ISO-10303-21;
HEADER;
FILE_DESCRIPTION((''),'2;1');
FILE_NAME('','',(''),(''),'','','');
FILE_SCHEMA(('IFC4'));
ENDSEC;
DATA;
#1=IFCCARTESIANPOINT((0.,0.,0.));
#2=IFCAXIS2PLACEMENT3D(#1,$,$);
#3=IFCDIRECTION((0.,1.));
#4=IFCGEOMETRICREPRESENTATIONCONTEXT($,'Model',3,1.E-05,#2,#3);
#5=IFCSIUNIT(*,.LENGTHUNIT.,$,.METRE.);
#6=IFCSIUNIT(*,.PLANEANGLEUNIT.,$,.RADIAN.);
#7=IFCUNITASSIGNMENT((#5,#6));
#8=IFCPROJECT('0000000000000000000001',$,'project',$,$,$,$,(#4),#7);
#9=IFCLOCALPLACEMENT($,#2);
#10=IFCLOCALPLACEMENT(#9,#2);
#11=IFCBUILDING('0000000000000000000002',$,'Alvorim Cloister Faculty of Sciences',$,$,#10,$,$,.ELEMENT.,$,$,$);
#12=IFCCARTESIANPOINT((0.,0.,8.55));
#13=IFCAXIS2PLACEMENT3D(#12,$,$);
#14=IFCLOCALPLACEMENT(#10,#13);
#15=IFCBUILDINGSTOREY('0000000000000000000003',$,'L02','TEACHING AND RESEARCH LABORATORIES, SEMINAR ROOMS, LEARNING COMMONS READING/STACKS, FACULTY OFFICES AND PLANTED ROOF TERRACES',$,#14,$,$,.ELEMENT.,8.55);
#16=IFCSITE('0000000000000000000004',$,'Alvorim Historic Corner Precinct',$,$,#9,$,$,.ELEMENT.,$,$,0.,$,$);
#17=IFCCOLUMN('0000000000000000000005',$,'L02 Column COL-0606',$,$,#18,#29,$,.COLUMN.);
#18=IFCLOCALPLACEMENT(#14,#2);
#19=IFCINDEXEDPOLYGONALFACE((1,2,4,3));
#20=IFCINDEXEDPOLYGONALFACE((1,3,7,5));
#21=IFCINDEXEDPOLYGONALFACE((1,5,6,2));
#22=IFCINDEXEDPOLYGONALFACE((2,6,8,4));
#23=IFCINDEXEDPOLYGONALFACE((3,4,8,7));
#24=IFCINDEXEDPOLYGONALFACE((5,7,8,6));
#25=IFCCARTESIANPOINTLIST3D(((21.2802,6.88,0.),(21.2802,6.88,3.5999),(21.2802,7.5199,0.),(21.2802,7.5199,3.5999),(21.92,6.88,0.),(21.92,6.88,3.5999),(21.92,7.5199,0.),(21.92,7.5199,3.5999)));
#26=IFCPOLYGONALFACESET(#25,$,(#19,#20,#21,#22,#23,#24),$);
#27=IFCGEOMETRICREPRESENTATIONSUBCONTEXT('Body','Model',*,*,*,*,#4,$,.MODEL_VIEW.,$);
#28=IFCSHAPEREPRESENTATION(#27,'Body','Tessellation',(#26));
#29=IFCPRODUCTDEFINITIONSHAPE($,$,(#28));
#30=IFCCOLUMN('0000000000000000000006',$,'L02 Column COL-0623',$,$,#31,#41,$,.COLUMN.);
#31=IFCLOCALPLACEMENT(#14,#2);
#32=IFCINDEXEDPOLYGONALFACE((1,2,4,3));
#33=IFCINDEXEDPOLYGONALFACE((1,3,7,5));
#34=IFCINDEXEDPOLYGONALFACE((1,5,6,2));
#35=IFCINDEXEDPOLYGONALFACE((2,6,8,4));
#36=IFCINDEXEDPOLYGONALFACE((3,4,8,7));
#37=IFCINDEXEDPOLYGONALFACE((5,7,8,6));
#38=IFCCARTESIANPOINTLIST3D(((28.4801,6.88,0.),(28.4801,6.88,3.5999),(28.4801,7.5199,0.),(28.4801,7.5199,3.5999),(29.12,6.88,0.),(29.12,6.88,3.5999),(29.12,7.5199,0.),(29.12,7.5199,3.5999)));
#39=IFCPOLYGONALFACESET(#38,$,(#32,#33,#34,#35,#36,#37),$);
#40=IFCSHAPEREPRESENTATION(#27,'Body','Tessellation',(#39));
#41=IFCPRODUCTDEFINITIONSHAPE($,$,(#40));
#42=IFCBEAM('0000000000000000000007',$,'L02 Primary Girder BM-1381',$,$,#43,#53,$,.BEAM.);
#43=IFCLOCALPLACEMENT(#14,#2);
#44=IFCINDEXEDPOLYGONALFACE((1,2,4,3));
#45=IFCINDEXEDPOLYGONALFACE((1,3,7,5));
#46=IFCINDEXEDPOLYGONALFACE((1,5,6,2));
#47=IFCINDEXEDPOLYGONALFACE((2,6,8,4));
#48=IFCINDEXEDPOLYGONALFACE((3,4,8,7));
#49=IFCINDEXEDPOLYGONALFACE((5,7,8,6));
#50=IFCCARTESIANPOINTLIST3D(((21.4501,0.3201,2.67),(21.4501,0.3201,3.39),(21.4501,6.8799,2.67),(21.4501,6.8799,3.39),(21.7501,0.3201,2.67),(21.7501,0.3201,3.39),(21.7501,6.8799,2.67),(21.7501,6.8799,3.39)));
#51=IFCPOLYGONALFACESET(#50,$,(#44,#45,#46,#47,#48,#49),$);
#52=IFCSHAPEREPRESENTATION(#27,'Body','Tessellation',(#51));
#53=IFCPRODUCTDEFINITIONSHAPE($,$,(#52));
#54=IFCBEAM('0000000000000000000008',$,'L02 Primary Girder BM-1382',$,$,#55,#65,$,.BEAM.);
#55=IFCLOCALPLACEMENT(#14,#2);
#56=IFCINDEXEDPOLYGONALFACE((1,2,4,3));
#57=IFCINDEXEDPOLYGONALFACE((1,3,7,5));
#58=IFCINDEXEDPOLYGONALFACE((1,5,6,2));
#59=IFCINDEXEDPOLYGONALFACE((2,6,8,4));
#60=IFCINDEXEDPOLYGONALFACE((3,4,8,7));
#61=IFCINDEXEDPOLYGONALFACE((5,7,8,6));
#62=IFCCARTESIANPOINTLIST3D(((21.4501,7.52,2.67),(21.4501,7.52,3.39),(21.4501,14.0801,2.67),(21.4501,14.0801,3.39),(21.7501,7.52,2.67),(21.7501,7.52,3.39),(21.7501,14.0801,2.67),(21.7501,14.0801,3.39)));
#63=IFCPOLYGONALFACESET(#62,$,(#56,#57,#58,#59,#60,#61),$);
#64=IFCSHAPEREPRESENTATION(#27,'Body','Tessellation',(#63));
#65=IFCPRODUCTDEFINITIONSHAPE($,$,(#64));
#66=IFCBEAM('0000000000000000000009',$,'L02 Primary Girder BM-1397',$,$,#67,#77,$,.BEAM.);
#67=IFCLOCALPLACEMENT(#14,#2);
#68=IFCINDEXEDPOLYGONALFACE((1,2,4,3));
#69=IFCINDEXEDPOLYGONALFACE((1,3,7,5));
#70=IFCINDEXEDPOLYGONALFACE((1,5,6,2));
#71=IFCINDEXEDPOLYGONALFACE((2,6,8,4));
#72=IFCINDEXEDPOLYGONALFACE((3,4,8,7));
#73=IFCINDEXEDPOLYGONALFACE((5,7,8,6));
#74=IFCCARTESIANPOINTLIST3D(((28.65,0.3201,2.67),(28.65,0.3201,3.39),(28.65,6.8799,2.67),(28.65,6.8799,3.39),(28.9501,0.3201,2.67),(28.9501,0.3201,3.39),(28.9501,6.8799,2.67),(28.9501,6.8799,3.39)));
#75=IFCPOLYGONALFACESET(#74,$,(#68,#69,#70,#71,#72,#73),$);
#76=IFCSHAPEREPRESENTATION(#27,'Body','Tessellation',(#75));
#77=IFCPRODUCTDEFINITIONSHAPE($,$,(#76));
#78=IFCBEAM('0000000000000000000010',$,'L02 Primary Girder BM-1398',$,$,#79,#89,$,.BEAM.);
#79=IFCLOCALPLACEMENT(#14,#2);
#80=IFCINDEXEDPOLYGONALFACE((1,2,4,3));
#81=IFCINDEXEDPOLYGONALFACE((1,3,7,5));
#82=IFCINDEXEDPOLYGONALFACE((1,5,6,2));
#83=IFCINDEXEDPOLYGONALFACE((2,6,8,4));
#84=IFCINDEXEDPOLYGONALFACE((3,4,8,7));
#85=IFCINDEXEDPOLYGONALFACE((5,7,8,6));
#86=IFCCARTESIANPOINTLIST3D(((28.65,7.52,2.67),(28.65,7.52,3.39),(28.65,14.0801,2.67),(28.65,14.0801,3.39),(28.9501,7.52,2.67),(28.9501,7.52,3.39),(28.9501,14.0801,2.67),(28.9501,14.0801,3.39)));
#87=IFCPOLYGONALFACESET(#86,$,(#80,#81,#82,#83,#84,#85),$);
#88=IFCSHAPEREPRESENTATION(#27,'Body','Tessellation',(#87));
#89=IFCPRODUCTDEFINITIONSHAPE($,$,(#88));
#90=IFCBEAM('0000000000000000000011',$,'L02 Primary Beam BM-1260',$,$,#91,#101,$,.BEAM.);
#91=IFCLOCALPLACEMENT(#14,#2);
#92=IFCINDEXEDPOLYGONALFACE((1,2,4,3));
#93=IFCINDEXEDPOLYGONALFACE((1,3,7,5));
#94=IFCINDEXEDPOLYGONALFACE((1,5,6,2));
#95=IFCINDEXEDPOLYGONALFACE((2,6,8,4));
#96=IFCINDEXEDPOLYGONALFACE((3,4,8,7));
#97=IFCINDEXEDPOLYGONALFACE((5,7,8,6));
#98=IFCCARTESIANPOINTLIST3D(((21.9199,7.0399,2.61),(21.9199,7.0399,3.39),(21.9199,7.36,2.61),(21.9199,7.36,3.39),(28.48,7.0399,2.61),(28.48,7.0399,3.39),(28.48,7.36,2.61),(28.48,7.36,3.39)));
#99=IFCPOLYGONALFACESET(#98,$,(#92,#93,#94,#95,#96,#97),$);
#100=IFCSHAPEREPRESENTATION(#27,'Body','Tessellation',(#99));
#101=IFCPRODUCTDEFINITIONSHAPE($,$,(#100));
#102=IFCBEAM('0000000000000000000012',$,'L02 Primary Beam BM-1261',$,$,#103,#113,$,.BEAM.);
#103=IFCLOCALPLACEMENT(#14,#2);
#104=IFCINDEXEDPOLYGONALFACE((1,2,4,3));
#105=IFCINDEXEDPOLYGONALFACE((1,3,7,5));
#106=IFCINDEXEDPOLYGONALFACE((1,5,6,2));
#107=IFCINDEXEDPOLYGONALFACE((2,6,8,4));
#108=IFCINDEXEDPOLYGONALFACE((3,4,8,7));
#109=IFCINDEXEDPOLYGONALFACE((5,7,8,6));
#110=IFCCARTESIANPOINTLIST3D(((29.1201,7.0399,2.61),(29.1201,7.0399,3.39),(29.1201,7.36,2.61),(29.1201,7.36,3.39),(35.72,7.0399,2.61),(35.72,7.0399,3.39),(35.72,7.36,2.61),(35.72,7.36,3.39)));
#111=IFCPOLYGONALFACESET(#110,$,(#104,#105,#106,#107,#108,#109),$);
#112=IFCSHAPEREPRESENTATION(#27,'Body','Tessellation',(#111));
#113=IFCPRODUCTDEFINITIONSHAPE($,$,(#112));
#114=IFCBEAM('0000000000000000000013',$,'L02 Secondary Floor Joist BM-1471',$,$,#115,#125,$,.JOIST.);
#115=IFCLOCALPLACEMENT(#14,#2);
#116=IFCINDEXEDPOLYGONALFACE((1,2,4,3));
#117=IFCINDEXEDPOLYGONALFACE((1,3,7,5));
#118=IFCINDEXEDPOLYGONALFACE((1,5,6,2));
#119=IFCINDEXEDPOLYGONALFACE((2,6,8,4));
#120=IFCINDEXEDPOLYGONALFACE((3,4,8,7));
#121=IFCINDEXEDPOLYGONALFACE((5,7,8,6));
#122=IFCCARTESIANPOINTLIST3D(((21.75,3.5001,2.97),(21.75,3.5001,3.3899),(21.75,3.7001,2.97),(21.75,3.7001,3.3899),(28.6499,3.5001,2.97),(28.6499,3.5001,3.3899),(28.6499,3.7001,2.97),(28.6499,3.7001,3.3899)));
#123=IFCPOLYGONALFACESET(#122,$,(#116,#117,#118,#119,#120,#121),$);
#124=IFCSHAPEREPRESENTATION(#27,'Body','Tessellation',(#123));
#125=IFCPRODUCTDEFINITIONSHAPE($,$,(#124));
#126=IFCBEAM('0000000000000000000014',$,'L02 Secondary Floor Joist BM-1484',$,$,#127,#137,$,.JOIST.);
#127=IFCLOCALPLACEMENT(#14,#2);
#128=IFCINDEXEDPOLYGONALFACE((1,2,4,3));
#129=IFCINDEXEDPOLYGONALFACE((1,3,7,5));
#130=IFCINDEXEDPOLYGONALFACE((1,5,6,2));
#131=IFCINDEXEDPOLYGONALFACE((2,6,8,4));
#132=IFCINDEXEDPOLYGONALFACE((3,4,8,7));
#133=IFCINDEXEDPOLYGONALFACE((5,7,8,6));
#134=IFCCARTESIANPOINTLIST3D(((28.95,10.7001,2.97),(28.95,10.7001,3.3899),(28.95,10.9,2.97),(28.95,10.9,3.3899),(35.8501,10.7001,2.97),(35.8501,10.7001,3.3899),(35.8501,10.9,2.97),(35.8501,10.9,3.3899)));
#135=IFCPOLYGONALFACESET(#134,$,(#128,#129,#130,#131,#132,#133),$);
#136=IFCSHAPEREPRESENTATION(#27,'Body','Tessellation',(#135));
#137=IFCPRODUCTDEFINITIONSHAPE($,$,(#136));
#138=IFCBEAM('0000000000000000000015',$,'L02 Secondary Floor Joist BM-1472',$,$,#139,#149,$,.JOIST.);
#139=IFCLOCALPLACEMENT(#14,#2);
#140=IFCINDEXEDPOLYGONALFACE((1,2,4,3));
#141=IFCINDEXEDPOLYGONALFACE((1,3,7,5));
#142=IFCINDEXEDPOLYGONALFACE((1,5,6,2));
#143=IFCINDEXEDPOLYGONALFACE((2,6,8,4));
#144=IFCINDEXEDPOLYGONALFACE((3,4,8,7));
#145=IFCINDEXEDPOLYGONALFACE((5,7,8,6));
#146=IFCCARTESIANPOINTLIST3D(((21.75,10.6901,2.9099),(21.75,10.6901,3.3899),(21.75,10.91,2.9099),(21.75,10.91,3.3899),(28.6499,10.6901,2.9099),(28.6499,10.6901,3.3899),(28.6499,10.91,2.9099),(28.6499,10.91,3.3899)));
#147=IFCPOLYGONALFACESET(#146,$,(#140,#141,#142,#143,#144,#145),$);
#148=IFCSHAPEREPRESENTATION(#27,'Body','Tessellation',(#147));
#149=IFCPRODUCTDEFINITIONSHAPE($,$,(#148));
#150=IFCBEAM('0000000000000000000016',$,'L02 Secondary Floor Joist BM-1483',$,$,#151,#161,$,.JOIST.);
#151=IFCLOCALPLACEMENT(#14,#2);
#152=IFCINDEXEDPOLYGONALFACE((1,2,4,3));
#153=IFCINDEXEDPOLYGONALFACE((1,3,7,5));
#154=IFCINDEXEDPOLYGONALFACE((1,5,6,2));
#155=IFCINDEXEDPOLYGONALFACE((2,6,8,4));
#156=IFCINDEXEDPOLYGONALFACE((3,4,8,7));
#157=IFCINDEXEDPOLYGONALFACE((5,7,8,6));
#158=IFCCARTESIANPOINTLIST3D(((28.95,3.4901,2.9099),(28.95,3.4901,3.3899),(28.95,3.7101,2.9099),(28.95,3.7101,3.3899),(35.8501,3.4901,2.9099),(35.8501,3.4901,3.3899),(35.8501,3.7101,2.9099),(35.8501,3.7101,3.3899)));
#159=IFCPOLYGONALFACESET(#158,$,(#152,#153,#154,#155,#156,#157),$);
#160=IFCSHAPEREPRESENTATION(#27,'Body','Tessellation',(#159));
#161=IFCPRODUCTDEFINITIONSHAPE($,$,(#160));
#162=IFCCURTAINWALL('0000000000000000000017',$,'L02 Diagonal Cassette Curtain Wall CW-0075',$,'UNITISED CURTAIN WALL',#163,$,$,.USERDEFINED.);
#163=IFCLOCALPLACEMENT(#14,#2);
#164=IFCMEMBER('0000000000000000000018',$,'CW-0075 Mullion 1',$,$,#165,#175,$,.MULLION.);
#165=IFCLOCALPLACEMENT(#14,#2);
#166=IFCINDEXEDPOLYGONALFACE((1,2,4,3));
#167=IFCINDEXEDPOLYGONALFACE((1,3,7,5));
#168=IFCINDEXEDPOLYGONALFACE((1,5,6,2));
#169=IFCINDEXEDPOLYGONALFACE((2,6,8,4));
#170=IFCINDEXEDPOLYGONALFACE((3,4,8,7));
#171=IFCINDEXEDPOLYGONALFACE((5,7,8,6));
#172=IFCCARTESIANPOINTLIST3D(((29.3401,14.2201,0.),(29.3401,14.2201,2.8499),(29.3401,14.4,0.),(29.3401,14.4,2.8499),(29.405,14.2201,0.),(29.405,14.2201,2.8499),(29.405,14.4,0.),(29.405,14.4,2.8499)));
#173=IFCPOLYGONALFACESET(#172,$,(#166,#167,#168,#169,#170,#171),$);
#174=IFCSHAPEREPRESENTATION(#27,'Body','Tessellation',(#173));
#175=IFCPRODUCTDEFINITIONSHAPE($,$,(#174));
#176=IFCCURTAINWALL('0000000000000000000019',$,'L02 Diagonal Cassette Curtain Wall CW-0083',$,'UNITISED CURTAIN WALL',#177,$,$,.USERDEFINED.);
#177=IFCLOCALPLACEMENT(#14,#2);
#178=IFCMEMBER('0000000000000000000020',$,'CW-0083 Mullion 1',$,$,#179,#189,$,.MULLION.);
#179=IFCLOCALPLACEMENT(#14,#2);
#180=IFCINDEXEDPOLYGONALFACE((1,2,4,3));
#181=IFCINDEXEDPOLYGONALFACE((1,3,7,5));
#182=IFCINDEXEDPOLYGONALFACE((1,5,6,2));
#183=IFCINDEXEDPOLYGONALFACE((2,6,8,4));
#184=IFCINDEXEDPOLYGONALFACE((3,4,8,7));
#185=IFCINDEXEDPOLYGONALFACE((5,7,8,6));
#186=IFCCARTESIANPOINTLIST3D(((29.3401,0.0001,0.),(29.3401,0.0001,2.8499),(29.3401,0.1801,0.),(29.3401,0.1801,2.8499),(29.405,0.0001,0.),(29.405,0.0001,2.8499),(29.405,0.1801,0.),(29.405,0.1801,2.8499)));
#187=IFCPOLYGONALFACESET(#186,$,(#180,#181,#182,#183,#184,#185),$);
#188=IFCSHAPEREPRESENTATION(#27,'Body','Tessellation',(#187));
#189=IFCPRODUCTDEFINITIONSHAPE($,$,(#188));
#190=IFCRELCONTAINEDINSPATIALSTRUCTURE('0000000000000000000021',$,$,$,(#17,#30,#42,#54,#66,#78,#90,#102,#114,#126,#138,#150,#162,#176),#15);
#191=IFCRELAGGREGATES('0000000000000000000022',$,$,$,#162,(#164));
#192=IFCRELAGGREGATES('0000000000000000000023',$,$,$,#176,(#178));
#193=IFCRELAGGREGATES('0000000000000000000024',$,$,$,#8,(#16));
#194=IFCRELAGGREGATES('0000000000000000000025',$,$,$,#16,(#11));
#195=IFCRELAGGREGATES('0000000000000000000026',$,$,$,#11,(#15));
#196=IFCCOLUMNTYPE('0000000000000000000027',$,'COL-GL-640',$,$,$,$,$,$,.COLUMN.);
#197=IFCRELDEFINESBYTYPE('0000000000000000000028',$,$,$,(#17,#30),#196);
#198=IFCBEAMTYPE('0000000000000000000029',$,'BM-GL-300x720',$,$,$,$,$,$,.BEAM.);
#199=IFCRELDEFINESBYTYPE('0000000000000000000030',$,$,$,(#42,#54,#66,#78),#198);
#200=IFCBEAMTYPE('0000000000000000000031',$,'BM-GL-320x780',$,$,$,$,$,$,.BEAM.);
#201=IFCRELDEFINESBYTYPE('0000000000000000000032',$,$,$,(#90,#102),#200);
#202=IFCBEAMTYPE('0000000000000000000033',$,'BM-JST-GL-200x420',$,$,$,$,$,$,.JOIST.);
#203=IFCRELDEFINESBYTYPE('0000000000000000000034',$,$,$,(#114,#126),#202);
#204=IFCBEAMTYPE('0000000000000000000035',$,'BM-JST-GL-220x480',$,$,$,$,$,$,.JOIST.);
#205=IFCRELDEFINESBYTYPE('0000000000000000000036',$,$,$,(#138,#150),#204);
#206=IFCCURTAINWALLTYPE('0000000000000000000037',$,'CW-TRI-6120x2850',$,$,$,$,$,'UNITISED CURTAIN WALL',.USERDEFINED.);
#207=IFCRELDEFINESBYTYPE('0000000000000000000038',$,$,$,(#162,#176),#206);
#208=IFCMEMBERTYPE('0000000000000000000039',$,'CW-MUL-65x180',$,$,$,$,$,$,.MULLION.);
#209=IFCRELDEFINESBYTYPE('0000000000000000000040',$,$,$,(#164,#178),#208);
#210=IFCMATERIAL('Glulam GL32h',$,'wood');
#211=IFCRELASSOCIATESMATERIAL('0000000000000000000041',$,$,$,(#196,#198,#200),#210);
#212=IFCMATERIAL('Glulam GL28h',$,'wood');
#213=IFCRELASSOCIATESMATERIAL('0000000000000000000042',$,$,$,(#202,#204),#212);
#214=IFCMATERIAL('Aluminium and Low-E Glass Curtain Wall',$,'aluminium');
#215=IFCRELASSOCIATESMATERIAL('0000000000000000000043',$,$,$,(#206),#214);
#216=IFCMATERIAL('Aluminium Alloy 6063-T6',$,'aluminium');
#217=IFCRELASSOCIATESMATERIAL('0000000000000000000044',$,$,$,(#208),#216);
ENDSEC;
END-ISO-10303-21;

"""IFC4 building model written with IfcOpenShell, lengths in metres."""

from ifc_helpers import new_model, si_unit, direction, frame, origin, origin_2d, place, context, subcontext, project, spatial, rectangle, extrude, material, material_profile, profile_set, type_object, element, aggregate, save


model = new_model("IFC4")

# Units and contexts
model_context = context("Model", 3, precision=1e-05, world=origin(), true_north=direction((0.0, 1.0)))
body_context = subcontext(model_context, "Body", "Model", "MODEL_VIEW")
ifc_project = project(units=[si_unit("LENGTHUNIT", "METRE"), si_unit("PLANEANGLEUNIT", "RADIAN")], contexts=[model_context])

# Site, building, storey
site_placement = place(None, origin())
site = spatial("IfcSite", under=ifc_project, at=site_placement, Name="Alvorim Historic Corner Precinct", CompositionType="ELEMENT", RefElevation=0.0)
building_placement = place(site_placement, origin())
building = spatial("IfcBuilding", under=site, at=building_placement, Name="Alvorim Cloister Faculty of Sciences", CompositionType="ELEMENT")
storey_placement = place(building_placement, frame((0.0, 0.0, 8.55)))
storey = spatial("IfcBuildingStorey", under=building, at=storey_placement, Name="L02", Description="TEACHING AND RESEARCH LABORATORIES, SEMINAR ROOMS, LEARNING COMMONS READING/STACKS, FACULTY OFFICES AND PLANTED ROOF TERRACES", CompositionType="ELEMENT", Elevation=8.55)

# Columns
ifc_material_1 = material(Name="Glulam GL32h", Category="wood")
ifc_material_profile_1 = material_profile(ifc_material_1, rectangle(XDim=0.6399, YDim=0.6399, at=origin_2d()), Name="GL32-COL-640x640")
ifc_profile_set_1 = profile_set([ifc_material_profile_1], Name="Glulam GL32h")
column_type = type_object("IfcColumnType", Name="COL-GL-640", PredefinedType="COLUMN", material=ifc_profile_set_1)
for number, where, z_axis, x_axis, name in (
    (1, (21.6001, 7.2, 0.0), (0.0, 0.0, 1.0), (1.0, 0.0, 0.0), "L02 Column COL-0606"),
    (2, (28.8, 7.2, 0.0), (0.0, 0.0, 1.0), (1.0, 0.0, 0.0), "L02 Column COL-0623"),
):
    element("IfcColumn", number, at=place(storey_placement, frame(where, z_axis=z_axis, x_axis=x_axis)), inside=storey, type_object=column_type, Name=name, PredefinedType="COLUMN", context=body_context, shape_type="SweptSolid", body=[
        extrude(rectangle(XDim=0.6399, YDim=0.6399, at=origin_2d()), origin(), (0.0, 0.0, 1.0), 3.5999),
    ])

# Beams
ifc_material_profile_2 = material_profile(ifc_material_1, rectangle(XDim=0.3, YDim=0.72, at=origin_2d()), Name="GL32-BM-300x720")
ifc_profile_set_2 = profile_set([ifc_material_profile_2], Name="Glulam GL32h")
beam_type_1 = type_object("IfcBeamType", Name="BM-GL-300x720", PredefinedType="BEAM", material=ifc_profile_set_2)
beam_1_placement = place(storey_placement, frame((21.6001, 0.3201, 3.03), z_axis=(0.0, 1.0, 0.0), x_axis=(-1.0, 0.0, 0.0)))
element("IfcBeam", 3, at=beam_1_placement, inside=storey, type_object=beam_type_1, Name="L02 Primary Girder BM-1381", PredefinedType="BEAM", context=body_context, shape_type="SweptSolid", body=[
    extrude(rectangle(XDim=0.3, YDim=0.72, at=origin_2d()), origin(), (0.0, 0.0, 1.0), 6.5598),
])
beam_2_placement = place(storey_placement, frame((21.6001, 7.52, 3.03), z_axis=(0.0, 1.0, 0.0), x_axis=(-1.0, 0.0, 0.0)))
element("IfcBeam", 4, at=beam_2_placement, inside=storey, type_object=beam_type_1, Name="L02 Primary Girder BM-1382", PredefinedType="BEAM", context=body_context, shape_type="SweptSolid", body=[
    extrude(rectangle(XDim=0.3, YDim=0.72, at=origin_2d()), origin(), (0.0, 0.0, 1.0), 6.5601),
])
beam_3_placement = place(storey_placement, frame((28.8, 0.3201, 3.03), z_axis=(0.0, 1.0, 0.0), x_axis=(-1.0, 0.0, 0.0)))
element("IfcBeam", 5, at=beam_3_placement, inside=storey, type_object=beam_type_1, Name="L02 Primary Girder BM-1397", PredefinedType="BEAM", context=body_context, shape_type="SweptSolid", body=[
    extrude(rectangle(XDim=0.3, YDim=0.72, at=origin_2d()), origin(), (0.0, 0.0, 1.0), 6.5598),
])
beam_4_placement = place(storey_placement, frame((28.8, 7.52, 3.03), z_axis=(0.0, 1.0, 0.0), x_axis=(-1.0, 0.0, 0.0)))
element("IfcBeam", 6, at=beam_4_placement, inside=storey, type_object=beam_type_1, Name="L02 Primary Girder BM-1398", PredefinedType="BEAM", context=body_context, shape_type="SweptSolid", body=[
    extrude(rectangle(XDim=0.3, YDim=0.72, at=origin_2d()), origin(), (0.0, 0.0, 1.0), 6.5601),
])
ifc_material_profile_3 = material_profile(ifc_material_1, rectangle(XDim=0.3201, YDim=0.78, at=origin_2d()), Name="GL32-BM-320x780")
ifc_profile_set_3 = profile_set([ifc_material_profile_3], Name="Glulam GL32h")
beam_type_2 = type_object("IfcBeamType", Name="BM-GL-320x780", PredefinedType="BEAM", material=ifc_profile_set_3)
beam_5_placement = place(storey_placement, frame((21.9199, 7.2, 3.0), z_axis=(1.0, 0.0, 0.0), x_axis=(0.0, 1.0, 0.0)))
element("IfcBeam", 7, at=beam_5_placement, inside=storey, type_object=beam_type_2, Name="L02 Primary Beam BM-1260", PredefinedType="BEAM", context=body_context, shape_type="SweptSolid", body=[
    extrude(rectangle(XDim=0.3201, YDim=0.78, at=origin_2d()), origin(), (0.0, 0.0, 1.0), 6.5601),
])
beam_6_placement = place(storey_placement, frame((29.1201, 7.2, 3.0), z_axis=(1.0, 0.0, 0.0), x_axis=(0.0, 1.0, 0.0)))
element("IfcBeam", 8, at=beam_6_placement, inside=storey, type_object=beam_type_2, Name="L02 Primary Beam BM-1261", PredefinedType="BEAM", context=body_context, shape_type="SweptSolid", body=[
    extrude(rectangle(XDim=0.3201, YDim=0.78, at=origin_2d()), origin(), (0.0, 0.0, 1.0), 6.5999),
])
ifc_material_2 = material(Name="Glulam GL28h", Category="wood")
ifc_material_profile_4 = material_profile(ifc_material_2, rectangle(XDim=0.2, YDim=0.4199, at=origin_2d()), Name="GL28-JST-200x420")
ifc_profile_set_4 = profile_set([ifc_material_profile_4], Name="Glulam GL28h")
beam_type_3 = type_object("IfcBeamType", Name="BM-JST-GL-200x420", PredefinedType="JOIST", material=ifc_profile_set_4)
beam_7_placement = place(storey_placement, frame((21.75, 3.6001, 3.1799), z_axis=(1.0, 0.0, 0.0), x_axis=(0.0, 1.0, 0.0)))
element("IfcBeam", 9, at=beam_7_placement, inside=storey, type_object=beam_type_3, Name="L02 Secondary Floor Joist BM-1471", PredefinedType="JOIST", context=body_context, shape_type="SweptSolid", body=[
    extrude(rectangle(XDim=0.2, YDim=0.4199, at=origin_2d()), origin(), (0.0, 0.0, 1.0), 6.8999),
])
beam_8_placement = place(storey_placement, frame((28.95, 10.8, 3.1799), z_axis=(1.0, 0.0, 0.0), x_axis=(0.0, 1.0, 0.0)))
element("IfcBeam", 10, at=beam_8_placement, inside=storey, type_object=beam_type_3, Name="L02 Secondary Floor Joist BM-1484", PredefinedType="JOIST", context=body_context, shape_type="SweptSolid", body=[
    extrude(rectangle(XDim=0.2, YDim=0.4199, at=origin_2d()), origin(), (0.0, 0.0, 1.0), 6.9001),
])
ifc_material_profile_5 = material_profile(ifc_material_2, rectangle(XDim=0.22, YDim=0.48, at=origin_2d()), Name="GL28-JST-220x480")
ifc_profile_set_5 = profile_set([ifc_material_profile_5], Name="Glulam GL28h")
beam_type_4 = type_object("IfcBeamType", Name="BM-JST-GL-220x480", PredefinedType="JOIST", material=ifc_profile_set_5)
beam_9_placement = place(storey_placement, frame((21.75, 10.8, 3.1499), z_axis=(1.0, 0.0, 0.0), x_axis=(0.0, 1.0, 0.0)))
element("IfcBeam", 11, at=beam_9_placement, inside=storey, type_object=beam_type_4, Name="L02 Secondary Floor Joist BM-1472", PredefinedType="JOIST", context=body_context, shape_type="SweptSolid", body=[
    extrude(rectangle(XDim=0.22, YDim=0.48, at=origin_2d()), origin(), (0.0, 0.0, 1.0), 6.8999),
])
beam_10_placement = place(storey_placement, frame((28.95, 3.6001, 3.1499), z_axis=(1.0, 0.0, 0.0), x_axis=(0.0, 1.0, 0.0)))
element("IfcBeam", 12, at=beam_10_placement, inside=storey, type_object=beam_type_4, Name="L02 Secondary Floor Joist BM-1483", PredefinedType="JOIST", context=body_context, shape_type="SweptSolid", body=[
    extrude(rectangle(XDim=0.22, YDim=0.48, at=origin_2d()), origin(), (0.0, 0.0, 1.0), 6.9001),
])

# Curtain walls, members
ifc_material_3 = material(Name="Aluminium and Low-E Glass Curtain Wall", Category="aluminium")
curtain_wall_type = type_object("IfcCurtainWallType", Name="CW-TRI-6120x2850", ElementType="UNITISED CURTAIN WALL", PredefinedType="USERDEFINED", material=ifc_material_3)
curtain_wall_1_placement = place(storey_placement, origin())
curtain_wall_1 = element("IfcCurtainWall", 13, at=curtain_wall_1_placement, inside=storey, type_object=curtain_wall_type, Name="L02 Diagonal Cassette Curtain Wall CW-0075", ObjectType="UNITISED CURTAIN WALL", PredefinedType="USERDEFINED")
ifc_material_4 = material(Name="Aluminium Alloy 6063-T6", Category="aluminium")
ifc_material_profile_6 = material_profile(ifc_material_4, rectangle(XDim=0.0649, YDim=0.1799, at=origin_2d()), Name="ALU-MUL-65x180")
ifc_profile_set_6 = profile_set([ifc_material_profile_6], Name="Aluminium Alloy 6063-T6")
member_type_1 = type_object("IfcMemberType", Name="CW-MUL-65x180", PredefinedType="MULLION", material=ifc_profile_set_6)
member_1_placement = place(storey_placement, frame((29.3726, 14.3101, 0.0), z_axis=(0.0, 0.0, 1.0), x_axis=(1.0, 0.0, 0.0)))
member_1 = element("IfcMember", 14, at=member_1_placement, type_object=member_type_1, Name="CW-0075 Mullion 1", PredefinedType="MULLION", context=body_context, shape_type="SweptSolid", body=[
    extrude(rectangle(XDim=0.0649, YDim=0.1799, at=origin_2d()), origin(), (0.0, 0.0, 1.0), 2.8499),
])
aggregate(curtain_wall_1, [member_1])
curtain_wall_2_placement = place(storey_placement, origin())
curtain_wall_2 = element("IfcCurtainWall", 15, at=curtain_wall_2_placement, inside=storey, type_object=curtain_wall_type, Name="L02 Diagonal Cassette Curtain Wall CW-0083", ObjectType="UNITISED CURTAIN WALL", PredefinedType="USERDEFINED")
member_2_placement = place(storey_placement, frame((29.3726, 0.0901, 0.0), z_axis=(0.0, 0.0, 1.0), x_axis=(1.0, 0.0, 0.0)))
member_2 = element("IfcMember", 16, at=member_2_placement, type_object=member_type_1, Name="CW-0083 Mullion 1", PredefinedType="MULLION", context=body_context, shape_type="SweptSolid", body=[
    extrude(rectangle(XDim=0.0649, YDim=0.1799, at=origin_2d()), origin(), (0.0, 0.0, 1.0), 2.8499),
])
aggregate(curtain_wall_2, [member_2])

save(model, "model.ifc")
